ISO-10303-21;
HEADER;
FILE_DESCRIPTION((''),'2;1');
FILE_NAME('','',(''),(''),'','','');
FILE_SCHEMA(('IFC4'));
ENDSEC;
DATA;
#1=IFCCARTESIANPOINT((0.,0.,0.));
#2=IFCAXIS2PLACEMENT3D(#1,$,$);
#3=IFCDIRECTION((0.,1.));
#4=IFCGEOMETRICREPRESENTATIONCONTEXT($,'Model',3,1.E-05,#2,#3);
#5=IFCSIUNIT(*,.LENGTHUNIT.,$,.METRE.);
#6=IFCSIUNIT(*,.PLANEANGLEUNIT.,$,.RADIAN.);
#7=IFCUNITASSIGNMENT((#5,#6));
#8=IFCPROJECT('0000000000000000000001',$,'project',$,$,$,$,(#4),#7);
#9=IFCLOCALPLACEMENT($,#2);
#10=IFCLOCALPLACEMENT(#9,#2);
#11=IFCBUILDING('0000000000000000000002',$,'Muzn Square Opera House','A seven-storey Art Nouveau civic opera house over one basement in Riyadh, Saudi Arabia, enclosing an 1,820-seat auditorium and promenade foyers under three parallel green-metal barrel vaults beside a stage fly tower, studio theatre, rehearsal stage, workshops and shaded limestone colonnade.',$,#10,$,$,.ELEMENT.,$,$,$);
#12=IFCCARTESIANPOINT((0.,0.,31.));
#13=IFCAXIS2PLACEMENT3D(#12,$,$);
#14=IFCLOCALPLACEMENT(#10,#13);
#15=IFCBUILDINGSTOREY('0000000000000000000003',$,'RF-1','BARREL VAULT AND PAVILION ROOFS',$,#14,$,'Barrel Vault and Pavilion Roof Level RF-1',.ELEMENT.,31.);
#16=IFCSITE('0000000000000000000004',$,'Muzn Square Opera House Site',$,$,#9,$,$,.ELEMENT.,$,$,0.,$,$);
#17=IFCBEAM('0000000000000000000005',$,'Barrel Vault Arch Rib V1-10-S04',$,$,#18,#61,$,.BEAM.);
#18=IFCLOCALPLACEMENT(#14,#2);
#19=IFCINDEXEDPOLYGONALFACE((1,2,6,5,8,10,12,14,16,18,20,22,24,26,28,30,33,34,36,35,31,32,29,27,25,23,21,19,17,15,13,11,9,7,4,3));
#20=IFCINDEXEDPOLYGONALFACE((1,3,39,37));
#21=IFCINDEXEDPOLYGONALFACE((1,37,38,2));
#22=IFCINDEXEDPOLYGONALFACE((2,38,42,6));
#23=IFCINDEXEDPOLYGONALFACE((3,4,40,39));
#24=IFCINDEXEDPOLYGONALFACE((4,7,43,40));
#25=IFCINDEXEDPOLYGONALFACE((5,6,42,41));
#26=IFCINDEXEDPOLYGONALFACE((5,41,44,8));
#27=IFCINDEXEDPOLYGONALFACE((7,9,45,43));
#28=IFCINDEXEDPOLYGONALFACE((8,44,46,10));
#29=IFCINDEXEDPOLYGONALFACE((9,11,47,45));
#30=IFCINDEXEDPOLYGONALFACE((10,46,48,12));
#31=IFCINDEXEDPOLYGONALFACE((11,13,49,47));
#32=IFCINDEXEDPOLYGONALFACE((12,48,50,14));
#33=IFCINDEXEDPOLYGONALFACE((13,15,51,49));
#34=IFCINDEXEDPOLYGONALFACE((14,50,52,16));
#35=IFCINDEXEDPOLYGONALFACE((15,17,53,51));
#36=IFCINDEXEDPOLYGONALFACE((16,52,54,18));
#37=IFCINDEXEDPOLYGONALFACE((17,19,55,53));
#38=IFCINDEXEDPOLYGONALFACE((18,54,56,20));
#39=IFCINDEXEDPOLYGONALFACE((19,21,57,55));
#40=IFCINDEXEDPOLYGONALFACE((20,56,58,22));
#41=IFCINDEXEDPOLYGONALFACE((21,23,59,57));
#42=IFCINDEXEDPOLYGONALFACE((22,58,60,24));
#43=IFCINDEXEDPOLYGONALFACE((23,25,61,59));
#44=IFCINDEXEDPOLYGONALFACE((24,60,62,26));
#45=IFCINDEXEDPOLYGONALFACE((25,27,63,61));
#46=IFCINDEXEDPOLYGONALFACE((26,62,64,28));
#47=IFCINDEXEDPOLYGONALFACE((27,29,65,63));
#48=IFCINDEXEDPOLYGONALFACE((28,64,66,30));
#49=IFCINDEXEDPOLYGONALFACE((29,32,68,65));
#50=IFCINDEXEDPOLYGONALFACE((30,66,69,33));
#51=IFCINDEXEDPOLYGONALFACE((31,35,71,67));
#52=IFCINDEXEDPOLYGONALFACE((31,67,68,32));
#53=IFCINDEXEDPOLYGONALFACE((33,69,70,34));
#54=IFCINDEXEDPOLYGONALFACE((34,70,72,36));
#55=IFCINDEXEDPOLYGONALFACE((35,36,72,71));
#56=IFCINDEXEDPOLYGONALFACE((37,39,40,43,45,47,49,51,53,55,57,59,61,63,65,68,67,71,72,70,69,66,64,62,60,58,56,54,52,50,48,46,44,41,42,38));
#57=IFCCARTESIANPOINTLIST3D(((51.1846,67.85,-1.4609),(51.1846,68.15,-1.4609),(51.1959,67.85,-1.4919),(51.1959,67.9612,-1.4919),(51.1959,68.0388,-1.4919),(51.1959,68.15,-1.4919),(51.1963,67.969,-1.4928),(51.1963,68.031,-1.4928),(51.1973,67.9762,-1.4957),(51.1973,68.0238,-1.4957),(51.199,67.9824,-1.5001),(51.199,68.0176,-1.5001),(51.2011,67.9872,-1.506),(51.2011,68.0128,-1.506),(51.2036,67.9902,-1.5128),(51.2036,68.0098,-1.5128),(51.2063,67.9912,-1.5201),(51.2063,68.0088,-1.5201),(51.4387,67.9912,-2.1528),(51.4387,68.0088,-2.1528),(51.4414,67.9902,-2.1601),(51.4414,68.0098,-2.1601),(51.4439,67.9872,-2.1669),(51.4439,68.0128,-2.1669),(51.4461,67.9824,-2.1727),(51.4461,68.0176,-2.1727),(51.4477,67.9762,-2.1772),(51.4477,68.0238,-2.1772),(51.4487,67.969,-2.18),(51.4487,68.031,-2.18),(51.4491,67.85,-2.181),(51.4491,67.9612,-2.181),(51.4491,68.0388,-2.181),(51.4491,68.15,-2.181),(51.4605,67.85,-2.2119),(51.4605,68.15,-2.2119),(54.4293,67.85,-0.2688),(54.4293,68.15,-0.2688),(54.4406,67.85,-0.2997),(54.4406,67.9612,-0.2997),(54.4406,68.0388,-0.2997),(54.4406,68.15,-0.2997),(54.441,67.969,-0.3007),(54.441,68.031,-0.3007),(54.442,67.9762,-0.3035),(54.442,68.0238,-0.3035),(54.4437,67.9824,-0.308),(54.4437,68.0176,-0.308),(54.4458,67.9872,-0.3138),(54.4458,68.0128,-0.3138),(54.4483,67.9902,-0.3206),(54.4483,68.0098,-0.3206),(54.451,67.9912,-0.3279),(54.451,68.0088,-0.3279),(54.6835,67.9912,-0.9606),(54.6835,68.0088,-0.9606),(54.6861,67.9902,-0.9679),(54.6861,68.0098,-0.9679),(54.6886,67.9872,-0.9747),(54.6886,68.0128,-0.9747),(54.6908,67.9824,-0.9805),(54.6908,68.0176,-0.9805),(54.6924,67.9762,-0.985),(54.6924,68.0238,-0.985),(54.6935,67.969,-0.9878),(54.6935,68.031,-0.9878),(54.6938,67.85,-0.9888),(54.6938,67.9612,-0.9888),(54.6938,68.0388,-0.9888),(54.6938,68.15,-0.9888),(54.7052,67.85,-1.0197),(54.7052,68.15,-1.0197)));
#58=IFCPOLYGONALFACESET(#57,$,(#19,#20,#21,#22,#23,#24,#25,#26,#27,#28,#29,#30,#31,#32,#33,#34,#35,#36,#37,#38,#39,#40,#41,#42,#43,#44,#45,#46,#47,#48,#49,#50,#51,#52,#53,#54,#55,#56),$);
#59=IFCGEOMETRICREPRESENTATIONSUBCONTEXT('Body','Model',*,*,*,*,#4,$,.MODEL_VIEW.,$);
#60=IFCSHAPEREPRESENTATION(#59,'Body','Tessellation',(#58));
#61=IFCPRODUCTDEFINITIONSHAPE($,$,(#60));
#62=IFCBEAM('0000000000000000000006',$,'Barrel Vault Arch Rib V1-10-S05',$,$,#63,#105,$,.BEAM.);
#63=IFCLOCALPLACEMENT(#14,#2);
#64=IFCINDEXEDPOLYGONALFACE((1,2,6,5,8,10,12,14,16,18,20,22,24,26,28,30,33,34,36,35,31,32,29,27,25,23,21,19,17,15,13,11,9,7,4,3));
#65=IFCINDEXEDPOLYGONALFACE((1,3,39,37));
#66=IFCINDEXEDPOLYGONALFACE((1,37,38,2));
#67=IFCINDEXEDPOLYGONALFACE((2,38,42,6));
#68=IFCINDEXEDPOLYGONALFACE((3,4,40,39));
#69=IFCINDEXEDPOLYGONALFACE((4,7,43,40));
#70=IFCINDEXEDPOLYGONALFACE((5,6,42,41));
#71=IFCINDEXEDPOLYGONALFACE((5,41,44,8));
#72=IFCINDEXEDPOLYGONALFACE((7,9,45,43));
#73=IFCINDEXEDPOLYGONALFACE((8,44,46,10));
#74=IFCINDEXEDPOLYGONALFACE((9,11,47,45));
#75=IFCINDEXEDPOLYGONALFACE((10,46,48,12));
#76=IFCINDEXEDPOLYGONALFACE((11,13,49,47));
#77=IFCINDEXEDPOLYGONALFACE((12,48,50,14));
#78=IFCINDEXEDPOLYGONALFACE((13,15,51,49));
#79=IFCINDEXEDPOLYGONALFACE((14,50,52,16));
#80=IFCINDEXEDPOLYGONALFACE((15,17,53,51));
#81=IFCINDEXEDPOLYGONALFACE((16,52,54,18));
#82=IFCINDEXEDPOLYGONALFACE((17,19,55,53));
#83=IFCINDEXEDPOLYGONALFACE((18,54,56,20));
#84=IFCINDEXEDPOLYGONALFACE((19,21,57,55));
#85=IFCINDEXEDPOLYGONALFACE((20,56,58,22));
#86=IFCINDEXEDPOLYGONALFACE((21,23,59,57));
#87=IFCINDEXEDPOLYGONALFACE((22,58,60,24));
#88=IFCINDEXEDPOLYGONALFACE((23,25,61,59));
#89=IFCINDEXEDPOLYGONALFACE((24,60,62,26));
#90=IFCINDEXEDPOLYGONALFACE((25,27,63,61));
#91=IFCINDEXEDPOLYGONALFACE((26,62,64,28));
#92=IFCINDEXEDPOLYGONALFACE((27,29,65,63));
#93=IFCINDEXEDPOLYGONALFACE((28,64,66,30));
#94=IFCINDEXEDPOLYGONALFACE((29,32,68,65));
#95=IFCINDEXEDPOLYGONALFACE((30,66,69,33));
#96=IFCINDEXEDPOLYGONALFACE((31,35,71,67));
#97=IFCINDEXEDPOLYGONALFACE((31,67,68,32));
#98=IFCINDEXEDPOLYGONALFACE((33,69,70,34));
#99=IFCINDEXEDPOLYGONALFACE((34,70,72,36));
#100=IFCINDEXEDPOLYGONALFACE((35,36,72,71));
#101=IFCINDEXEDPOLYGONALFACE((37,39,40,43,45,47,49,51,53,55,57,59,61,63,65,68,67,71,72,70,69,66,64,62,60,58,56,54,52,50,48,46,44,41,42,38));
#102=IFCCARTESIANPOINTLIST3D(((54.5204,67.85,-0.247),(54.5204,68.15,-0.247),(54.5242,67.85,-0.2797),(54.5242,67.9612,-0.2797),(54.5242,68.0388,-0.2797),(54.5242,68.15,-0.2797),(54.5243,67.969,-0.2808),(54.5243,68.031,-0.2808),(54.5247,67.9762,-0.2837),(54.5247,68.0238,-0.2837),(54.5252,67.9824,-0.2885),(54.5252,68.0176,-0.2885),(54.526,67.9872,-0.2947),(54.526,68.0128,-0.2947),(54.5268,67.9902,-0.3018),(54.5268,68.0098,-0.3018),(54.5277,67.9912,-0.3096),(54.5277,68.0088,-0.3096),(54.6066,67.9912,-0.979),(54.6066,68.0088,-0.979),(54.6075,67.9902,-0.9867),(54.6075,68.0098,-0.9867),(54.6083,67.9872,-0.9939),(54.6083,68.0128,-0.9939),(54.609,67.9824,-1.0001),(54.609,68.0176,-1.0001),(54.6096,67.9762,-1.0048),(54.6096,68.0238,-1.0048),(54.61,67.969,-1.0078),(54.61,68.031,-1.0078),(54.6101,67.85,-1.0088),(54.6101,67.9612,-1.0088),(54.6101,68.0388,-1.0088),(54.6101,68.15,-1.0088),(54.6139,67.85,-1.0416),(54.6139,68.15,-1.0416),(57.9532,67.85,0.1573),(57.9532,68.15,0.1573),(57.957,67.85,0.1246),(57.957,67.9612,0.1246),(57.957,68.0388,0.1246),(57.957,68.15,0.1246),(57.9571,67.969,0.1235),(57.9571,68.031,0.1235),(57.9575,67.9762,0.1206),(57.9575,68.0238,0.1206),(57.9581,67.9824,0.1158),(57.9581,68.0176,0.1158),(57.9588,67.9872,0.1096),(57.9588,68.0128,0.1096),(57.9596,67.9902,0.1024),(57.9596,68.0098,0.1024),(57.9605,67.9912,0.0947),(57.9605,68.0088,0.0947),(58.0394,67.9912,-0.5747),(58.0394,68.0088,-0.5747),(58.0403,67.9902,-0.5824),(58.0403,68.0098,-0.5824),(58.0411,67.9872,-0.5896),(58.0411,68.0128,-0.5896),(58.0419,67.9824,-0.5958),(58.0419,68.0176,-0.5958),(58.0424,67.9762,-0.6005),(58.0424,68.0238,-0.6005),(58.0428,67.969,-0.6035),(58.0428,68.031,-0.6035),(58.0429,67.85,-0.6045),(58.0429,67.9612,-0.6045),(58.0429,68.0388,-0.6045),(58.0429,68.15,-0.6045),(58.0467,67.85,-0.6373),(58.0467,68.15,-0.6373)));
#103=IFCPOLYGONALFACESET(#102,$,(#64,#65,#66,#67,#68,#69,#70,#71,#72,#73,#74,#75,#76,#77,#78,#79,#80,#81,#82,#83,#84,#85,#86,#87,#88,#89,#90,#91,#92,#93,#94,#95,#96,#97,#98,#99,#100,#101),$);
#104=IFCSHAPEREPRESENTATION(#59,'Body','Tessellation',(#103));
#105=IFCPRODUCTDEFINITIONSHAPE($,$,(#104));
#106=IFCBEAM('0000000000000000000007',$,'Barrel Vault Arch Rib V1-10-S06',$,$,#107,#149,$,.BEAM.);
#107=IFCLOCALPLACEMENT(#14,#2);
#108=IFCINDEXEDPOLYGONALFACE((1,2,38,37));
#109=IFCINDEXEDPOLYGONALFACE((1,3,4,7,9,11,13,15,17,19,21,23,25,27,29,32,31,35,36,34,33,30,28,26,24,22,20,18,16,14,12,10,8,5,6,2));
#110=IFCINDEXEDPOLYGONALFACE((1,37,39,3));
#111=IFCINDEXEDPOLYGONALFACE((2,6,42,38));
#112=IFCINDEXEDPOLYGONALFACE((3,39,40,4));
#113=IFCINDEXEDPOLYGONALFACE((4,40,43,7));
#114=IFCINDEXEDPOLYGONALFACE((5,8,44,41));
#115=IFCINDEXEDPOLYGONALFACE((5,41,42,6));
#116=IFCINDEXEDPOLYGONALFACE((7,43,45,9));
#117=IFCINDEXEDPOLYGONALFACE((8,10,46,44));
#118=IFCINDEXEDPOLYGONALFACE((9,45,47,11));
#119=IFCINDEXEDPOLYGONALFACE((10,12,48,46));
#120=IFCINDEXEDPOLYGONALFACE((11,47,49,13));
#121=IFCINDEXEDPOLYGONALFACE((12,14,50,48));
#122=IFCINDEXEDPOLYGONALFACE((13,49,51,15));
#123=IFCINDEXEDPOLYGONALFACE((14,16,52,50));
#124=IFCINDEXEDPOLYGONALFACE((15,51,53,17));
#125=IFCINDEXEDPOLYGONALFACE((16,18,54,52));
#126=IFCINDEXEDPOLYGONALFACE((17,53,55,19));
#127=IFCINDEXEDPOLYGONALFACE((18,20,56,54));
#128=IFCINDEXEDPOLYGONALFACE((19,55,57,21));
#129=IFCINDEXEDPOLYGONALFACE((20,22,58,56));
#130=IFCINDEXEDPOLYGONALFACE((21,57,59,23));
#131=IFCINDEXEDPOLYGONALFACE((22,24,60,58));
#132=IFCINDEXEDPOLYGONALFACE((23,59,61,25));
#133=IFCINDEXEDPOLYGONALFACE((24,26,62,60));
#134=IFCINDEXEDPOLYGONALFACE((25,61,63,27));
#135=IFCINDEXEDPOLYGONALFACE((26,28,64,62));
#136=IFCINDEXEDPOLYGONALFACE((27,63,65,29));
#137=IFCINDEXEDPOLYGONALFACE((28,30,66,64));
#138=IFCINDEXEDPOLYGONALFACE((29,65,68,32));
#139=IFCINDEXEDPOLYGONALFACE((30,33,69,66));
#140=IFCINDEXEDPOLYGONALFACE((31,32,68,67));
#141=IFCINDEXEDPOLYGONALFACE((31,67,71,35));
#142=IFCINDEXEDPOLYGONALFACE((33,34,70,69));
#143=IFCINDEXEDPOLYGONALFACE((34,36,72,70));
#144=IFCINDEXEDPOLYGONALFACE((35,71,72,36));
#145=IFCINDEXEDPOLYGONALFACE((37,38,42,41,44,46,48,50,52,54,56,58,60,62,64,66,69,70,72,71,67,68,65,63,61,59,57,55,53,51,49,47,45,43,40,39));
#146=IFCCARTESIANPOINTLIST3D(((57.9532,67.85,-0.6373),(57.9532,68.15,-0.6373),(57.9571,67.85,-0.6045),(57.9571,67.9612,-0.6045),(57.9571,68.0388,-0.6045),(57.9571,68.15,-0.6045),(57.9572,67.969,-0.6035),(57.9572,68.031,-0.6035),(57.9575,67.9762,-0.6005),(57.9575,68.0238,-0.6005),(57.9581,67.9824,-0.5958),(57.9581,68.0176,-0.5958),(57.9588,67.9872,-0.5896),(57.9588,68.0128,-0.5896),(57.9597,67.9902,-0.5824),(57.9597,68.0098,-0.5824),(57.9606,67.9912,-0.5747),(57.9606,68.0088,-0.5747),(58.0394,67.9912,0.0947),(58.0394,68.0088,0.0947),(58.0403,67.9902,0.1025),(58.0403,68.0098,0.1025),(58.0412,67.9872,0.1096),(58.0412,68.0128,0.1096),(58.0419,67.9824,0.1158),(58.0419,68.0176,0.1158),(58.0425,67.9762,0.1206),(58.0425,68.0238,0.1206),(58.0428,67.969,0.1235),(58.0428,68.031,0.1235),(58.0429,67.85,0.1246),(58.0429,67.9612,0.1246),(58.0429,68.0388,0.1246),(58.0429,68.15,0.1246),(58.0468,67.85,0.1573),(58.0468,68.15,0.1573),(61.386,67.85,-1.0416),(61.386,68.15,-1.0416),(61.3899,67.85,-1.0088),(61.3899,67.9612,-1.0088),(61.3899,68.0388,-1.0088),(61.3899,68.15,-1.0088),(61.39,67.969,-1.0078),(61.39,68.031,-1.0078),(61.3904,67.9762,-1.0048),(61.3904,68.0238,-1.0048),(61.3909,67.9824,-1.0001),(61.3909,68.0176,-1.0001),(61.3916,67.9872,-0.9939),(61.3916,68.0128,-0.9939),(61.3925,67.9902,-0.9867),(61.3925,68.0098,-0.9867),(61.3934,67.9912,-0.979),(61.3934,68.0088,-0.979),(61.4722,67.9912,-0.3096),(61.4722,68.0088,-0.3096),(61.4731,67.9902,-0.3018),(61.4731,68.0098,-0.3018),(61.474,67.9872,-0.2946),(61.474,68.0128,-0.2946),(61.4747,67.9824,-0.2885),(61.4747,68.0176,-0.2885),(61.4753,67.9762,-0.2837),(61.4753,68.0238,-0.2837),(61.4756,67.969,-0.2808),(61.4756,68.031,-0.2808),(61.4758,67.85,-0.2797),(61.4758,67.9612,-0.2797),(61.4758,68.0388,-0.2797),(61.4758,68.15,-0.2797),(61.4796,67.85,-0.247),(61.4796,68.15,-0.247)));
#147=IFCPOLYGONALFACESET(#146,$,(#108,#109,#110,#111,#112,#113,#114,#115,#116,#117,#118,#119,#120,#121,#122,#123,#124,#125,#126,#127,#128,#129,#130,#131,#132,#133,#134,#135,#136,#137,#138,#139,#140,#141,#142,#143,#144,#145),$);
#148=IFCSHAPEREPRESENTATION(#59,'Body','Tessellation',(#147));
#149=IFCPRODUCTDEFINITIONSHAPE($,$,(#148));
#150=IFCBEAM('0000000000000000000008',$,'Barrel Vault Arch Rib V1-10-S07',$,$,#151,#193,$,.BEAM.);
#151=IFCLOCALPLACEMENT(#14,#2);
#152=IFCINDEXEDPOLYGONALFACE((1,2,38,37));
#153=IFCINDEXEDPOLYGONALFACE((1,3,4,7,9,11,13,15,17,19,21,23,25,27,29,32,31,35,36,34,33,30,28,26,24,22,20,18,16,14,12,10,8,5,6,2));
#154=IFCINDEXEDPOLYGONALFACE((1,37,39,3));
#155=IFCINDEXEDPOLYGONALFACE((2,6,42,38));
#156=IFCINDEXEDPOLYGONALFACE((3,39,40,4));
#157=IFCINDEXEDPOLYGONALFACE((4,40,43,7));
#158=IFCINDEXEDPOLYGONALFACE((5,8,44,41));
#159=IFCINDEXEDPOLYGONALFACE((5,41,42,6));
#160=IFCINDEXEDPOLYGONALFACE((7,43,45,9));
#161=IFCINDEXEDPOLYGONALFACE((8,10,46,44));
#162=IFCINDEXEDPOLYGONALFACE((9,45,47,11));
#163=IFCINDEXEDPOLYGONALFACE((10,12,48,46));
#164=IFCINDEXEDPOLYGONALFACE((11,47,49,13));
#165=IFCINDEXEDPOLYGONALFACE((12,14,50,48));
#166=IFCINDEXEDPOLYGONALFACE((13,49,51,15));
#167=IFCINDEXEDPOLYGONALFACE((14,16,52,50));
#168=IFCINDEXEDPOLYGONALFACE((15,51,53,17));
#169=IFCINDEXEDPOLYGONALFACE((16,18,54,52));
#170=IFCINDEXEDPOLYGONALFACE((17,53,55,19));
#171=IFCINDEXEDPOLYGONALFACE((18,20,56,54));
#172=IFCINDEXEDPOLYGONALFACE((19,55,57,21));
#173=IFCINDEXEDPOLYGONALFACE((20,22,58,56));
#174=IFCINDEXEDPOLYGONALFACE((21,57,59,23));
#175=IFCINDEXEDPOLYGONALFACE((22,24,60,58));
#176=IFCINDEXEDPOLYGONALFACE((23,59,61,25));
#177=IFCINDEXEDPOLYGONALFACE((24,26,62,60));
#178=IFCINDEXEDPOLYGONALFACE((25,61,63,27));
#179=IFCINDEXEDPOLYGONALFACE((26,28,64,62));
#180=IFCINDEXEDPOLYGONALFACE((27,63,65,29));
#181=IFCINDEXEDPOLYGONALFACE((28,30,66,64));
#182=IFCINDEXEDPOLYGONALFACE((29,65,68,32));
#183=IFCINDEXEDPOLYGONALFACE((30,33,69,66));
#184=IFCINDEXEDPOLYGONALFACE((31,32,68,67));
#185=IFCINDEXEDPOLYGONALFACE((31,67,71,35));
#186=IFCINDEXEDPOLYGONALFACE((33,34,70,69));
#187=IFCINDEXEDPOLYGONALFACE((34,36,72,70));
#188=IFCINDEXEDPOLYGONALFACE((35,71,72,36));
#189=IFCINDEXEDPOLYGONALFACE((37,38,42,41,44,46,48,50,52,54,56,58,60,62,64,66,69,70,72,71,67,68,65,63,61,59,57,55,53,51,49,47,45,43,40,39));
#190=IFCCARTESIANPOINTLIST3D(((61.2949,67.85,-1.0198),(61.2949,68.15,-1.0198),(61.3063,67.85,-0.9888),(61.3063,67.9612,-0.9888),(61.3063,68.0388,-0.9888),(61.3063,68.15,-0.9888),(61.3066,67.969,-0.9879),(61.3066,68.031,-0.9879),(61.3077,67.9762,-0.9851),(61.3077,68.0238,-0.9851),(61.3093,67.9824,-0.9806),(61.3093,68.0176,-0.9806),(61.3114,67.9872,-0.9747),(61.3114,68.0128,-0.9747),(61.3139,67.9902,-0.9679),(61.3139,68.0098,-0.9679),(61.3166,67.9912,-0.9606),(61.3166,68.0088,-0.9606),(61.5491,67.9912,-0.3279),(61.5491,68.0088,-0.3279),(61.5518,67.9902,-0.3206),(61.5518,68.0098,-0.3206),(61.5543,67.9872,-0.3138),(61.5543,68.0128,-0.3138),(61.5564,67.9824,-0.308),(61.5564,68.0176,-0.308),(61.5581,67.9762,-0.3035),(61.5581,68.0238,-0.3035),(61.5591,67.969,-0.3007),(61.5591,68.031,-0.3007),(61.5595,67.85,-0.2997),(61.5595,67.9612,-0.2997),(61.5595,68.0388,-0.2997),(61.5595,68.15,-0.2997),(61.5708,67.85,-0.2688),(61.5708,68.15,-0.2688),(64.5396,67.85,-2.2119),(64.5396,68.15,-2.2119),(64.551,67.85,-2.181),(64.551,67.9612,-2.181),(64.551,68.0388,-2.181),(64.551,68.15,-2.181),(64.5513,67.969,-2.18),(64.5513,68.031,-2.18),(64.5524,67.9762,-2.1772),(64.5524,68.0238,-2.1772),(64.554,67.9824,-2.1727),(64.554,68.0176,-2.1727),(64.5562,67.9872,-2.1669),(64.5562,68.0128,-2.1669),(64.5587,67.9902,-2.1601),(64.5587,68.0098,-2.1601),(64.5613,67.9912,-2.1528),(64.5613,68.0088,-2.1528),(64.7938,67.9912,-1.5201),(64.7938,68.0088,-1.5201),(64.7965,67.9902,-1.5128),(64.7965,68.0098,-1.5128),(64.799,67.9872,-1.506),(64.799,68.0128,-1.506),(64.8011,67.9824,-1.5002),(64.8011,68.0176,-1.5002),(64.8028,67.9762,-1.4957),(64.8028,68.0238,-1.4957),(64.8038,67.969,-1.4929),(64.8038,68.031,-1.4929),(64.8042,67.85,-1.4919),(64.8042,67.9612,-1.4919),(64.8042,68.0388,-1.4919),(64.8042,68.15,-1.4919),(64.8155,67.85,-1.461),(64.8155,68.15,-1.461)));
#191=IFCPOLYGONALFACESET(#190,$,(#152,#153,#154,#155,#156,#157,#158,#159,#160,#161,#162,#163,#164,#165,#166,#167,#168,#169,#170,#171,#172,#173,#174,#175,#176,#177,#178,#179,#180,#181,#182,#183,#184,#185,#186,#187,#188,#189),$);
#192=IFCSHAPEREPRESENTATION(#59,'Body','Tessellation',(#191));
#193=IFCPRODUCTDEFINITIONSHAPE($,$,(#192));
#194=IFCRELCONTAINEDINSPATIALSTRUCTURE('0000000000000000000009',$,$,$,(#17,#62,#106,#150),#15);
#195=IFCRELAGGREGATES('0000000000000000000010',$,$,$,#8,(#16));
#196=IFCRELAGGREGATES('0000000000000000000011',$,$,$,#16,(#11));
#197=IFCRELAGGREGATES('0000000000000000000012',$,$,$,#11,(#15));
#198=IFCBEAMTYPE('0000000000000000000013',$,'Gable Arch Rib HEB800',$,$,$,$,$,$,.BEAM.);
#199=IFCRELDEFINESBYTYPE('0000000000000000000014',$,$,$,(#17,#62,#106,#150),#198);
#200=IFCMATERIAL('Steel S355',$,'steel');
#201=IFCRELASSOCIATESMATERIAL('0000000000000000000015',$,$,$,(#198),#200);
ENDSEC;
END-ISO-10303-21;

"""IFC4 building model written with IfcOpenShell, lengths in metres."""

from ifc_helpers import new_model, si_unit, direction, frame, origin, origin_2d, place, context, subcontext, project, spatial, i_section, extrude, material, material_profile, profile_set, type_object, element, save


model = new_model("IFC4")

# Units and contexts
model_context = context("Model", 3, precision=1e-05, world=origin(), true_north=direction((0.0, 1.0)))
body_context = subcontext(model_context, "Body", "Model", "MODEL_VIEW")
ifc_project = project(units=[si_unit("LENGTHUNIT", "METRE"), si_unit("PLANEANGLEUNIT", "RADIAN")], contexts=[model_context])

# Site, building, storey
site_placement = place(None, origin())
site = spatial("IfcSite", under=ifc_project, at=site_placement, Name="Muzn Square Opera House Site", CompositionType="ELEMENT", RefElevation=0.0)
building_placement = place(site_placement, origin())
building = spatial("IfcBuilding", under=site, at=building_placement, Name="Muzn Square Opera House", Description="A seven-storey Art Nouveau civic opera house over one basement in Riyadh, Saudi Arabia, enclosing an 1,820-seat auditorium and promenade foyers under three parallel green-metal barrel vaults beside a stage fly tower, studio theatre, rehearsal stage, workshops and shaded limestone colonnade.", CompositionType="ELEMENT")
storey_placement = place(building_placement, frame((0.0, 0.0, 31.0)))
storey = spatial("IfcBuildingStorey", under=building, at=storey_placement, Name="RF-1", Description="BARREL VAULT AND PAVILION ROOFS", LongName="Barrel Vault and Pavilion Roof Level RF-1", CompositionType="ELEMENT", Elevation=31.0)

# Beams
ifc_material_1 = material(Name="Steel S355", Category="steel")
ifc_material_profile_1 = material_profile(ifc_material_1, i_section(OverallWidth=0.3, OverallDepth=0.8, WebThickness=0.0176, FlangeThickness=0.033, FilletRadius=0.03, at=origin_2d()), Name="HEB 800", Category="steel")
ifc_profile_set_1 = profile_set([ifc_material_profile_1], Name="Steel S355")
beam_type_1 = type_object("IfcBeamType", Name="Gable Arch Rib HEB800", PredefinedType="BEAM", material=ifc_profile_set_1)
for number, where, z_axis, x_axis, name in (
    (1, (51.3225, 68.0, -1.8364), (0.938648, 0.0, 0.344877), (0.0, 1.0, 0.0), "Barrel Vault Arch Rib V1-10-S04"),
):
    element("IfcBeam", number, at=place(storey_placement, frame(where, z_axis=z_axis, x_axis=x_axis)), inside=storey, type_object=beam_type_1, Name=name, PredefinedType="BEAM", context=body_context, shape_type="SweptSolid", body=[
        extrude(i_section(OverallWidth=0.3, OverallDepth=0.8, WebThickness=0.0176, FlangeThickness=0.033, FilletRadius=0.03, at=origin_2d()), origin(), (0.0, 0.0, 1.0), 3.4568),
    ])
for number, where, z_axis, x_axis, name in (
    (2, (54.5671, 68.0, -0.6443), (0.993136, 0.0, 0.116964), (0.0, 1.0, 0.0), "Barrel Vault Arch Rib V1-10-S05"),
    (3, (58.0, 68.0, -0.24), (0.993136, 0.0, -0.116964), (0.0, 1.0, 0.0), "Barrel Vault Arch Rib V1-10-S06"),
):
    element("IfcBeam", number, at=place(storey_placement, frame(where, z_axis=z_axis, x_axis=x_axis)), inside=storey, type_object=beam_type_1, Name=name, PredefinedType="BEAM", context=body_context, shape_type="SweptSolid", body=[
        extrude(i_section(OverallWidth=0.3, OverallDepth=0.8, WebThickness=0.0176, FlangeThickness=0.033, FilletRadius=0.03, at=origin_2d()), origin(), (0.0, 0.0, 1.0), 3.4565),
    ])
for number, where, z_axis, x_axis, name in (
    (4, (61.4329, 68.0, -0.6443), (0.938648, 0.0, -0.344877), (0.0, 1.0, 0.0), "Barrel Vault Arch Rib V1-10-S07"),
):
    element("IfcBeam", number, at=place(storey_placement, frame(where, z_axis=z_axis, x_axis=x_axis)), inside=storey, type_object=beam_type_1, Name=name, PredefinedType="BEAM", context=body_context, shape_type="SweptSolid", body=[
        extrude(i_section(OverallWidth=0.3, OverallDepth=0.8, WebThickness=0.0176, FlangeThickness=0.033, FilletRadius=0.03, at=origin_2d()), origin(), (0.0, 0.0, 1.0), 3.4568),
    ])

save(model, "model.ifc")
